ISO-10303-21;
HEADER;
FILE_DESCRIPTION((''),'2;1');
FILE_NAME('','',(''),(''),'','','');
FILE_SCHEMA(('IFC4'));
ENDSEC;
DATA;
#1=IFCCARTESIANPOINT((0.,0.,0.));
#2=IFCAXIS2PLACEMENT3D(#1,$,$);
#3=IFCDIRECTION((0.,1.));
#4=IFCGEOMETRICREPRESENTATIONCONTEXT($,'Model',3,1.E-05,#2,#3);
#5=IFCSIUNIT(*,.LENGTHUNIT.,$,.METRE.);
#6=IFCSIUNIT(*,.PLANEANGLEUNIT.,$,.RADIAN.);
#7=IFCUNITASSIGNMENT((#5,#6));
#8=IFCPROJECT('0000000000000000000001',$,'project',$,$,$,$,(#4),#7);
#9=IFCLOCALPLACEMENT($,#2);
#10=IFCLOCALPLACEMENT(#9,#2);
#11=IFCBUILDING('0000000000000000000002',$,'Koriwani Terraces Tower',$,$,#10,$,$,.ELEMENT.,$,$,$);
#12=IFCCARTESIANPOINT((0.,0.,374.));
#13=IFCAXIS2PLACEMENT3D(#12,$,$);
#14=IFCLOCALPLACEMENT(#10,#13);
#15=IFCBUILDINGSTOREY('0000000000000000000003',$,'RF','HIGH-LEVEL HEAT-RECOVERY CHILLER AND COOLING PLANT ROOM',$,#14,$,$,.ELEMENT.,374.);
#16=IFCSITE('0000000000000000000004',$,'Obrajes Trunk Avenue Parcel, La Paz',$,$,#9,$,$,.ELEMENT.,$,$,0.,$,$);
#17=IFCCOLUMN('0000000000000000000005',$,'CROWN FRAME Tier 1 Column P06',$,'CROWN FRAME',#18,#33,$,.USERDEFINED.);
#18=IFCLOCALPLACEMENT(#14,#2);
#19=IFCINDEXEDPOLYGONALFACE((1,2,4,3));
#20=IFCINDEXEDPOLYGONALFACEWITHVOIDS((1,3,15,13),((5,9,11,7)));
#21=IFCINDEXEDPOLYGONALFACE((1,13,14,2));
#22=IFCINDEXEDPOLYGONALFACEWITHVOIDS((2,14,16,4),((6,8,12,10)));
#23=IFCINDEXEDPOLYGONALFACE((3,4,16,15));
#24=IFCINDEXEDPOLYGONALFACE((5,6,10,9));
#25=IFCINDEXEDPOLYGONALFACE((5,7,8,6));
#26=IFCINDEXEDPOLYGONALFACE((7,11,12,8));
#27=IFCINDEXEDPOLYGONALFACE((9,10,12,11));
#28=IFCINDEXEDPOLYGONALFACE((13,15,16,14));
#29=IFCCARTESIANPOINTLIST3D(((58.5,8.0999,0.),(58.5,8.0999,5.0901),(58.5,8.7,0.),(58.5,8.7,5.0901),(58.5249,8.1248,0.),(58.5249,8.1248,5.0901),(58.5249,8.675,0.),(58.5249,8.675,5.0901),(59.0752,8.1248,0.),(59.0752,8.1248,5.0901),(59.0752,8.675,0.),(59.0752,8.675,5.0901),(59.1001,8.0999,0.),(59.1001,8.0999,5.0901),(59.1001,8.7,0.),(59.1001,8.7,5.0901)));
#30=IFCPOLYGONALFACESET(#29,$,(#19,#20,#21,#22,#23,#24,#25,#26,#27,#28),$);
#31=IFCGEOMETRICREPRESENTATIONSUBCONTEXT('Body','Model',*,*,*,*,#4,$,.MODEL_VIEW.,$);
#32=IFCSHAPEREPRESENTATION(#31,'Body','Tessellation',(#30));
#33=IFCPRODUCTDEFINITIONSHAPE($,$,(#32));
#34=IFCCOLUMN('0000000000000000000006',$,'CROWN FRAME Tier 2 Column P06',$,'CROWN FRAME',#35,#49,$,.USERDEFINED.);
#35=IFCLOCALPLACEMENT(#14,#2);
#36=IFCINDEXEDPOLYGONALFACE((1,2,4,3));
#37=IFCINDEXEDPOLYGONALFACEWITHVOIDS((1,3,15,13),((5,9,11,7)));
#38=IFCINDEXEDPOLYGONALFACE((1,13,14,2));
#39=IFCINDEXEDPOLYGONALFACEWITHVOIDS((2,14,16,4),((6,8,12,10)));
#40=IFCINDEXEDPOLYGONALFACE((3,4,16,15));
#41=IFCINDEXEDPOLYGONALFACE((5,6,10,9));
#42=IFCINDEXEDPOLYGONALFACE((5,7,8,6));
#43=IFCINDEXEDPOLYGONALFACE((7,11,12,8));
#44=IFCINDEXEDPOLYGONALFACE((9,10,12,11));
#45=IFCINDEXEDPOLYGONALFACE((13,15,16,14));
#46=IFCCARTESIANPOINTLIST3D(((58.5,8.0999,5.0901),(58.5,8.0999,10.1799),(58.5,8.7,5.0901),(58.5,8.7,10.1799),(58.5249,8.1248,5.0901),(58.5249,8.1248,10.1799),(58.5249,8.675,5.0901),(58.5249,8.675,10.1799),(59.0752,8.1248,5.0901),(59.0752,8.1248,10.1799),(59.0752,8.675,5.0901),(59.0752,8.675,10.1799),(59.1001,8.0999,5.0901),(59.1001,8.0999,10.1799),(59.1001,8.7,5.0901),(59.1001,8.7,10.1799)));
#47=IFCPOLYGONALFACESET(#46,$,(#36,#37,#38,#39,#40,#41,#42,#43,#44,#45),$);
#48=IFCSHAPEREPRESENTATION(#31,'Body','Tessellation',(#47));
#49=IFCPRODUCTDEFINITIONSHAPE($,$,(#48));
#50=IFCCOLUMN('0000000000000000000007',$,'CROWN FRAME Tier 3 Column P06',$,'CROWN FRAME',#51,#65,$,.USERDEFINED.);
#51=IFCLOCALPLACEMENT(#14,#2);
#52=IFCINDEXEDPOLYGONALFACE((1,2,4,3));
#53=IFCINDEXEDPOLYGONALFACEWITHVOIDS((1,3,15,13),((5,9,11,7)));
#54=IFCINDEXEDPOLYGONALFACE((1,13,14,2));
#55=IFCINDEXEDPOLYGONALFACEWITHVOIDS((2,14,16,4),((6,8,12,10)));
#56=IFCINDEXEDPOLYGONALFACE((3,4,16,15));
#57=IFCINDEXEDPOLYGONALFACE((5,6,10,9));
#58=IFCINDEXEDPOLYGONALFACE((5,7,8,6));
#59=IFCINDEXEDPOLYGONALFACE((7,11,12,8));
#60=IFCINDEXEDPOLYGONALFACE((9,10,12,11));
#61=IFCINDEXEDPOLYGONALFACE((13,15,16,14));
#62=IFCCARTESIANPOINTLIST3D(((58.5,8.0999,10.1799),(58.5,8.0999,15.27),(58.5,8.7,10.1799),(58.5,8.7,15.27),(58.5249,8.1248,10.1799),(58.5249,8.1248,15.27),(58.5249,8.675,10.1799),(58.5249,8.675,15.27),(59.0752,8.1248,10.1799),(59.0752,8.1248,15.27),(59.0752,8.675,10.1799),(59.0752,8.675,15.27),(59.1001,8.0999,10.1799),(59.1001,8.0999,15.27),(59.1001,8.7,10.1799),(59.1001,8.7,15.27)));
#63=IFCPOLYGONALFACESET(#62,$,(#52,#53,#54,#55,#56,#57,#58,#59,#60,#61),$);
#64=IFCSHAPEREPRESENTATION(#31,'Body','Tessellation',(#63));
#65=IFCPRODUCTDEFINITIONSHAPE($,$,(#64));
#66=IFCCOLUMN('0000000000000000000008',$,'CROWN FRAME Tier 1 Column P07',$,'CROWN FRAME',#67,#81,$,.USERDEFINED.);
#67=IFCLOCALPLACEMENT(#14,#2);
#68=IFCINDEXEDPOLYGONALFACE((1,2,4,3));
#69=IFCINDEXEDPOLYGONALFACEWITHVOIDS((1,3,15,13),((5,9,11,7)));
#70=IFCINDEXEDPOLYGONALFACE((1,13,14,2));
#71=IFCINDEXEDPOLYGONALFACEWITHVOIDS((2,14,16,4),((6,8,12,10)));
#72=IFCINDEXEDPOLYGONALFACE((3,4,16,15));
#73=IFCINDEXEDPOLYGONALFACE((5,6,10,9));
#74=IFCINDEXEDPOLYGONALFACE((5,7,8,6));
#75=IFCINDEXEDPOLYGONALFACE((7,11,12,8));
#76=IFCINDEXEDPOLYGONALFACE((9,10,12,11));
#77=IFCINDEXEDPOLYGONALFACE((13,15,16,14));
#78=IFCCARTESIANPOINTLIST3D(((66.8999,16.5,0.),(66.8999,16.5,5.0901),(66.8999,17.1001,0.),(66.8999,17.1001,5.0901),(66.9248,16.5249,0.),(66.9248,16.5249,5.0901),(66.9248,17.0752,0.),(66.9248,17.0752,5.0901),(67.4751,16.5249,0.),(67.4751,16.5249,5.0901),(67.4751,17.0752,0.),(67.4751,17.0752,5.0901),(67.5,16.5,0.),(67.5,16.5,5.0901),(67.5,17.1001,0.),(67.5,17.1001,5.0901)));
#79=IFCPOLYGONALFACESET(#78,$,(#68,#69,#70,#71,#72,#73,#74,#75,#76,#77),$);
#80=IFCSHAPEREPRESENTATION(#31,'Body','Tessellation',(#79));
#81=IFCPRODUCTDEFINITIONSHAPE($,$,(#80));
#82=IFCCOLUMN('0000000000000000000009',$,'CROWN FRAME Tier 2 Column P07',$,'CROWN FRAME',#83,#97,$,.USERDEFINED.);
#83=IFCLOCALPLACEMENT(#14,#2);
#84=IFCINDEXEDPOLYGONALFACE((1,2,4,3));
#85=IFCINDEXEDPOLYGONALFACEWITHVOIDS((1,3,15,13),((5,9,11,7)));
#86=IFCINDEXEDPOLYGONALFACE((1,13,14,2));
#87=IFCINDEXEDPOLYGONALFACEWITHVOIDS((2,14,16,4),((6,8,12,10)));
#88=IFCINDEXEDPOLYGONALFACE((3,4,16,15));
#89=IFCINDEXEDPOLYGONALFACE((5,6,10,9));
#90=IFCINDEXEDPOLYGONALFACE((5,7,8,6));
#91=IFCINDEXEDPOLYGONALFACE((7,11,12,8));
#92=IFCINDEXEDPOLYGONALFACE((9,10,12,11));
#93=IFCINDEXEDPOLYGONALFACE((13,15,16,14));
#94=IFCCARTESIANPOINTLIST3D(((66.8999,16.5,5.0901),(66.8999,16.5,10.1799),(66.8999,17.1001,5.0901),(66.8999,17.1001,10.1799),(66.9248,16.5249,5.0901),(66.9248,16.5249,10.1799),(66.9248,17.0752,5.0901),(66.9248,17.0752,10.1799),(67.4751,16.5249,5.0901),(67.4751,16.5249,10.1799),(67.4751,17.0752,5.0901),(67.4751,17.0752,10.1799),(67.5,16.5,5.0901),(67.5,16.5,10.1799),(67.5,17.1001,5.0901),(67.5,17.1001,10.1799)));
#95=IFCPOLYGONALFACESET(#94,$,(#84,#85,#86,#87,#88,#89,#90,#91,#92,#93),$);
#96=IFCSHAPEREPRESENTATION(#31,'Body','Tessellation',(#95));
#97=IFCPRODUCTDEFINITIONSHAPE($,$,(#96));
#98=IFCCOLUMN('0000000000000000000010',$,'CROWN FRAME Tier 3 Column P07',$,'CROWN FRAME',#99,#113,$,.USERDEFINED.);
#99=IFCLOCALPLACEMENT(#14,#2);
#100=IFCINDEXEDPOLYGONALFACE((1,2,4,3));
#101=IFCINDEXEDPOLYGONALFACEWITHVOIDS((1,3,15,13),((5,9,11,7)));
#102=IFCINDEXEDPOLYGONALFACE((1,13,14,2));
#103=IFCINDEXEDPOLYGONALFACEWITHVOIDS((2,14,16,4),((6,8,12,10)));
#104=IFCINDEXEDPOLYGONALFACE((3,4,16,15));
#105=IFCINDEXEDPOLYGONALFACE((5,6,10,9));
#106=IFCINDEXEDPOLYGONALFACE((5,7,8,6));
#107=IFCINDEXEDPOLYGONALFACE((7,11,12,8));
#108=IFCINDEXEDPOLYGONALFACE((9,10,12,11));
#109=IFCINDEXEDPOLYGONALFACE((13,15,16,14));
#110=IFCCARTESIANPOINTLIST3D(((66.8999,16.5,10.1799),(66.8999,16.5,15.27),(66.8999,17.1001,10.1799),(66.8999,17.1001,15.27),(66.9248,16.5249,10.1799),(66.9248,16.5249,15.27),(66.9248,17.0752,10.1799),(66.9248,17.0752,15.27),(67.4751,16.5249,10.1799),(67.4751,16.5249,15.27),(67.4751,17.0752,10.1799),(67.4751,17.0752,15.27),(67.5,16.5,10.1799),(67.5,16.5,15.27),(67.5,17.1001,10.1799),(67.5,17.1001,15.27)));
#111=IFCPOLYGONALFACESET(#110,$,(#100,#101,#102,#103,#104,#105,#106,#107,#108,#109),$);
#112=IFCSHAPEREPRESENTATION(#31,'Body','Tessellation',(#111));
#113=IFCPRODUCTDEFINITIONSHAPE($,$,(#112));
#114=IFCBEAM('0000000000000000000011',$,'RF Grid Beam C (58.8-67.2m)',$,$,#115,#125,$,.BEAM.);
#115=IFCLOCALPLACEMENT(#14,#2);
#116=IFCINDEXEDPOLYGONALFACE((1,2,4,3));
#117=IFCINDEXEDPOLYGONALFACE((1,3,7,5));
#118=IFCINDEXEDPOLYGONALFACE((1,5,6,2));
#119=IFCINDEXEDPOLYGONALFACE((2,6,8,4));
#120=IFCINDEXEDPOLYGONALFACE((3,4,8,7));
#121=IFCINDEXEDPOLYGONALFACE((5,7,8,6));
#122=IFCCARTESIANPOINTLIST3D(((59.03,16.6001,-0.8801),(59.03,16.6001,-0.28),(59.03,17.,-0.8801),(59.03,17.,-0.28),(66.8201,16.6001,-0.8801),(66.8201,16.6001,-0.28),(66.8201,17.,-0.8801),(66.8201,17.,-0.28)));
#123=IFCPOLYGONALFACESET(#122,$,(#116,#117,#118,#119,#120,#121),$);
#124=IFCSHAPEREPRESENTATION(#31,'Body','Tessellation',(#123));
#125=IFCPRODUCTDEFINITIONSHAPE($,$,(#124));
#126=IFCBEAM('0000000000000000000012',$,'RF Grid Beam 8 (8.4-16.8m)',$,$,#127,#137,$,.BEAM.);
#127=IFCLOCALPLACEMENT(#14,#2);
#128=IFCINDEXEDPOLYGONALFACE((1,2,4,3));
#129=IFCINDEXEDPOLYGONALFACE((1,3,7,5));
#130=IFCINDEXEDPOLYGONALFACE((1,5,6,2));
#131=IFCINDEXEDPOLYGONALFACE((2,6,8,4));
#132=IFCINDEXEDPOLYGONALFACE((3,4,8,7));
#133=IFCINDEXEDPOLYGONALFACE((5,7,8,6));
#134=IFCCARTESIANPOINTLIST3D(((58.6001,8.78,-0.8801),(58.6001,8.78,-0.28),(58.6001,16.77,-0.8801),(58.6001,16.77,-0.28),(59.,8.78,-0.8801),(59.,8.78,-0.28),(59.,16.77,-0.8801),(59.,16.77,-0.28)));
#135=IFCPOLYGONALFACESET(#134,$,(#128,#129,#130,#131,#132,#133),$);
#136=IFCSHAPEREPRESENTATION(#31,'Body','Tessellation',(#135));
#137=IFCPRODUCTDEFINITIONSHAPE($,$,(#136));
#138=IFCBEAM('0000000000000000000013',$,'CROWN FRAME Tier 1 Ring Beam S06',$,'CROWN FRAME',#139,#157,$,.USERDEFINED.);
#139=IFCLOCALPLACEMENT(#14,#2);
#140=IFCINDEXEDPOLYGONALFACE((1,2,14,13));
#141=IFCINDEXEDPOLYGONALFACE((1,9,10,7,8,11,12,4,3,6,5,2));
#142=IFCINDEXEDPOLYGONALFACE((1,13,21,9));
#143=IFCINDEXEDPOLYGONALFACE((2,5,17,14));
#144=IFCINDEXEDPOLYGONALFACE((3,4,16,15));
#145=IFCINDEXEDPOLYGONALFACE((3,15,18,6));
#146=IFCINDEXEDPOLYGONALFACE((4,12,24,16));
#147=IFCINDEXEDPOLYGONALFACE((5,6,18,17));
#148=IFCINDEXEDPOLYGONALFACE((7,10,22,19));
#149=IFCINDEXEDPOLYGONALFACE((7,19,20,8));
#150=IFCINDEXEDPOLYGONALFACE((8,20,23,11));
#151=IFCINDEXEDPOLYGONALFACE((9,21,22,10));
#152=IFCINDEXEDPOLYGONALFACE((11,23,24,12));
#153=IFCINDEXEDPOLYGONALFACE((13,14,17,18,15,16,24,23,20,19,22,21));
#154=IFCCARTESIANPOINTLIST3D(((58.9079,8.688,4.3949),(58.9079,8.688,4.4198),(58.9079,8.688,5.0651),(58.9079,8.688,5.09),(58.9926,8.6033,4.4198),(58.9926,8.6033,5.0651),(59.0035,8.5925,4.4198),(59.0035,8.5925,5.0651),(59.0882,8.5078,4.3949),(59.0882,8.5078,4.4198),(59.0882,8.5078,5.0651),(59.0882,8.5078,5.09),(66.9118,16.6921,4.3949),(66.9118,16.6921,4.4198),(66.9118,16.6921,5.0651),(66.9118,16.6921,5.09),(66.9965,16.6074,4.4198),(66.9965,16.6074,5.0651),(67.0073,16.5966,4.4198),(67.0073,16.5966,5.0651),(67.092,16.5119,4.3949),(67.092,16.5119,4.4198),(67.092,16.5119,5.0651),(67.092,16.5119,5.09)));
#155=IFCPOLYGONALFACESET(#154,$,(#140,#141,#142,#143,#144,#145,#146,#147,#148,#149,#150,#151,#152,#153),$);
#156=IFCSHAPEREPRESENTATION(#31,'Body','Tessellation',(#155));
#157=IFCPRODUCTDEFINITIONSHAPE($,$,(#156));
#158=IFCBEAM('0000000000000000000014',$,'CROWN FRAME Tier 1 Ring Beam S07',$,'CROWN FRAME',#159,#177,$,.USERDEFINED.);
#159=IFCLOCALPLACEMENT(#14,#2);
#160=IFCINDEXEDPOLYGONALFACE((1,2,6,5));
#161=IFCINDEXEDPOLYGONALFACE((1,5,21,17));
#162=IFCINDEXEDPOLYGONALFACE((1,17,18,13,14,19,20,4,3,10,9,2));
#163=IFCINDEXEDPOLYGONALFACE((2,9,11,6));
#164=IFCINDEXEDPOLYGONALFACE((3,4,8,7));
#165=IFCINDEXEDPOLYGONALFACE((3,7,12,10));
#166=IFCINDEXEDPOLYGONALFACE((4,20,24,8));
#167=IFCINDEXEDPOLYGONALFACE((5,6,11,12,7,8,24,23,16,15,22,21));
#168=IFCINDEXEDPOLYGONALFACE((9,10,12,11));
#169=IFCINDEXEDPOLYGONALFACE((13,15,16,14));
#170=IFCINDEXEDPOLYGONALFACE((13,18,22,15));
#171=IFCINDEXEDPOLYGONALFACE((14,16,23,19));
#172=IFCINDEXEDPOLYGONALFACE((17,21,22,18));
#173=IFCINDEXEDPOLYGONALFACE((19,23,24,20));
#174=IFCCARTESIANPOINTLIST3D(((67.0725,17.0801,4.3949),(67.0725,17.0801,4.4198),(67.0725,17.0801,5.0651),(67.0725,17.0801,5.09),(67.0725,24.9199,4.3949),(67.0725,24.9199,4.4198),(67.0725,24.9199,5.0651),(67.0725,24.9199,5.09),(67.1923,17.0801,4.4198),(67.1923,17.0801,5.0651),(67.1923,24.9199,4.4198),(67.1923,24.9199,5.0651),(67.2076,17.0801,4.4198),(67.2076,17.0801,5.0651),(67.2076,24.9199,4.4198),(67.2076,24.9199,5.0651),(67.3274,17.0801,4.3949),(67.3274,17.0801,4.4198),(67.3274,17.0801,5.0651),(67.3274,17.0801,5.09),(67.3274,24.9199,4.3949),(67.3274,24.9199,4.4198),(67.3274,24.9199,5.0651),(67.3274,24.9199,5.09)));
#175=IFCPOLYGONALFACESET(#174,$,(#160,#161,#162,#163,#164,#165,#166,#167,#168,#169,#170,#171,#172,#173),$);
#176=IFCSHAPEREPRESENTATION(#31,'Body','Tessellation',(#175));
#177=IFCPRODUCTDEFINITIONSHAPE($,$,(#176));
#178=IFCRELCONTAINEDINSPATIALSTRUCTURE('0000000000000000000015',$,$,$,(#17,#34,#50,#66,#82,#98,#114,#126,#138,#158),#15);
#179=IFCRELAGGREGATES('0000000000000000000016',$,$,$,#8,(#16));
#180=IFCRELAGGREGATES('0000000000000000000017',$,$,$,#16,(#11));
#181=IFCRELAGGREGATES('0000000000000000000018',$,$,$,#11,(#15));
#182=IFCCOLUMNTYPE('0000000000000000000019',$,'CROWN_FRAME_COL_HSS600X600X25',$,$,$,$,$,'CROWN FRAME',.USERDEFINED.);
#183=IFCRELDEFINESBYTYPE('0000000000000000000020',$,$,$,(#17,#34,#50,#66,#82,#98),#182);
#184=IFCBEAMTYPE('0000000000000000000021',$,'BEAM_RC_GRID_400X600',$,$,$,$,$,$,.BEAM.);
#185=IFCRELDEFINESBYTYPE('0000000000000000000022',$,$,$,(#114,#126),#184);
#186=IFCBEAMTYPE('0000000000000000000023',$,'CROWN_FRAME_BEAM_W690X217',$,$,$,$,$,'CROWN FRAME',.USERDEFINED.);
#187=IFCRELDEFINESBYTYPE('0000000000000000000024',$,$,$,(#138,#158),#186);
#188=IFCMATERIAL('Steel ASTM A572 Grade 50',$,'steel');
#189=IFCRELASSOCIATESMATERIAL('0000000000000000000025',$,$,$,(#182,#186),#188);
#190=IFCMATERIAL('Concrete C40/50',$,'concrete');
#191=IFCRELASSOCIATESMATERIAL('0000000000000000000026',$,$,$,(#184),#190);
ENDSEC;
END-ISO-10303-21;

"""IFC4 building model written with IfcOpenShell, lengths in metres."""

from ifc_helpers import new_model, si_unit, direction, frame, origin, origin_2d, place, context, subcontext, project, spatial, rectangle, hollow_rectangle, i_section, extrude, material, material_profile, profile_set, type_object, element, save


model = new_model("IFC4")

# Units and contexts
model_context = context("Model", 3, precision=1e-05, world=origin(), true_north=direction((0.0, 1.0)))
body_context = subcontext(model_context, "Body", "Model", "MODEL_VIEW")
ifc_project = project(units=[si_unit("LENGTHUNIT", "METRE"), si_unit("PLANEANGLEUNIT", "RADIAN")], contexts=[model_context])

# Site, building, storey
site_placement = place(None, origin())
site = spatial("IfcSite", under=ifc_project, at=site_placement, Name="Obrajes Trunk Avenue Parcel, La Paz", CompositionType="ELEMENT", RefElevation=0.0)
building_placement = place(site_placement, origin())
building = spatial("IfcBuilding", under=site, at=building_placement, Name="Koriwani Terraces Tower", CompositionType="ELEMENT")
storey_placement = place(building_placement, frame((0.0, 0.0, 374.0)))
storey = spatial("IfcBuildingStorey", under=building, at=storey_placement, Name="RF", Description="HIGH-LEVEL HEAT-RECOVERY CHILLER AND COOLING PLANT ROOM", CompositionType="ELEMENT", Elevation=374.0)

# Columns
ifc_material_1 = material(Name="Steel ASTM A572 Grade 50", Category="steel")
ifc_material_profile_1 = material_profile(ifc_material_1, hollow_rectangle(XDim=0.6001, YDim=0.6001, WallThickness=0.0249, at=origin_2d()), Name="Steel ASTM A572 Grade 50", Category="LoadBearing")
ifc_profile_set_1 = profile_set([ifc_material_profile_1], Name="Steel ASTM A572 Grade 50")
column_type = type_object("IfcColumnType", Name="CROWN_FRAME_COL_HSS600X600X25", ElementType="CROWN FRAME", PredefinedType="USERDEFINED", material=ifc_profile_set_1)
column_1_placement = place(storey_placement, frame((58.8, 8.3999, 0.0), z_axis=(0.0, 0.0, 1.0), x_axis=(1.0, 0.0, 0.0)))
element("IfcColumn", 1, at=column_1_placement, inside=storey, type_object=column_type, Name="CROWN FRAME Tier 1 Column P06", ObjectType="CROWN FRAME", PredefinedType="USERDEFINED", context=body_context, shape_type="SweptSolid", body=[
    extrude(hollow_rectangle(XDim=0.6001, YDim=0.6001, WallThickness=0.0249, at=origin_2d()), origin(), (0.0, 0.0, 1.0), 5.0901),
])
column_2_placement = place(storey_placement, frame((58.8, 8.3999, 5.0901), z_axis=(0.0, 0.0, 1.0), x_axis=(1.0, 0.0, 0.0)))
element("IfcColumn", 2, at=column_2_placement, inside=storey, type_object=column_type, Name="CROWN FRAME Tier 2 Column P06", ObjectType="CROWN FRAME", PredefinedType="USERDEFINED", context=body_context, shape_type="SweptSolid", body=[
    extrude(hollow_rectangle(XDim=0.6001, YDim=0.6001, WallThickness=0.0249, at=origin_2d()), origin(), (0.0, 0.0, 1.0), 5.0898),
])
for number, where, z_axis, x_axis, name in (
    (3, (58.8, 8.3999, 10.1799), (0.0, 0.0, 1.0), (1.0, 0.0, 0.0), "CROWN FRAME Tier 3 Column P06"),
    (4, (67.2, 16.8, 0.0), (0.0, 0.0, 1.0), (1.0, 0.0, 0.0), "CROWN FRAME Tier 1 Column P07"),
):
    element("IfcColumn", number, at=place(storey_placement, frame(where, z_axis=z_axis, x_axis=x_axis)), inside=storey, type_object=column_type, Name=name, ObjectType="CROWN FRAME", PredefinedType="USERDEFINED", context=body_context, shape_type="SweptSolid", body=[
        extrude(hollow_rectangle(XDim=0.6001, YDim=0.6001, WallThickness=0.0249, at=origin_2d()), origin(), (0.0, 0.0, 1.0), 5.0901),
    ])
column_3_placement = place(storey_placement, frame((67.2, 16.8, 5.0901), z_axis=(0.0, 0.0, 1.0), x_axis=(1.0, 0.0, 0.0)))
element("IfcColumn", 5, at=column_3_placement, inside=storey, type_object=column_type, Name="CROWN FRAME Tier 2 Column P07", ObjectType="CROWN FRAME", PredefinedType="USERDEFINED", context=body_context, shape_type="SweptSolid", body=[
    extrude(hollow_rectangle(XDim=0.6001, YDim=0.6001, WallThickness=0.0249, at=origin_2d()), origin(), (0.0, 0.0, 1.0), 5.0898),
])
column_4_placement = place(storey_placement, frame((67.2, 16.8, 10.1799), z_axis=(0.0, 0.0, 1.0), x_axis=(1.0, 0.0, 0.0)))
element("IfcColumn", 6, at=column_4_placement, inside=storey, type_object=column_type, Name="CROWN FRAME Tier 3 Column P07", ObjectType="CROWN FRAME", PredefinedType="USERDEFINED", context=body_context, shape_type="SweptSolid", body=[
    extrude(hollow_rectangle(XDim=0.6001, YDim=0.6001, WallThickness=0.0249, at=origin_2d()), origin(), (0.0, 0.0, 1.0), 5.0901),
])

# Beams
ifc_material_2 = material(Name="Concrete C40/50", Category="concrete")
ifc_material_profile_2 = material_profile(ifc_material_2, rectangle(XDim=0.3999, YDim=0.6001, at=origin_2d()), Name="Concrete C40/50", Category="LoadBearing")
ifc_profile_set_2 = profile_set([ifc_material_profile_2], Name="Concrete C40/50")
beam_type_1 = type_object("IfcBeamType", Name="BEAM_RC_GRID_400X600", PredefinedType="BEAM", material=ifc_profile_set_2)
beam_1_placement = place(storey_placement, frame((59.03, 16.8, -0.5801), z_axis=(1.0, 0.0, 0.0), x_axis=(0.0, 1.0, 0.0)))
element("IfcBeam", 7, at=beam_1_placement, inside=storey, type_object=beam_type_1, Name="RF Grid Beam C (58.8-67.2m)", PredefinedType="BEAM", context=body_context, shape_type="SweptSolid", body=[
    extrude(rectangle(XDim=0.3999, YDim=0.6001, at=origin_2d()), origin(), (0.0, 0.0, 1.0), 7.79),
])
beam_2_placement = place(storey_placement, frame((58.8, 8.78, -0.5801), z_axis=(0.0, 1.0, 0.0), x_axis=(-1.0, 0.0, 0.0)))
element("IfcBeam", 8, at=beam_2_placement, inside=storey, type_object=beam_type_1, Name="RF Grid Beam 8 (8.4-16.8m)", PredefinedType="BEAM", context=body_context, shape_type="SweptSolid", body=[
    extrude(rectangle(XDim=0.3999, YDim=0.6001, at=origin_2d()), origin(), (0.0, 0.0, 1.0), 7.99),
])
ifc_material_profile_3 = material_profile(ifc_material_1, i_section(OverallWidth=0.2549, OverallDepth=0.6951, WebThickness=0.0154, FlangeThickness=0.0249, at=origin_2d()), Name="Steel ASTM A572 Grade 50", Category="LoadBearing")
ifc_profile_set_3 = profile_set([ifc_material_profile_3], Name="Steel ASTM A572 Grade 50")
beam_type_2 = type_object("IfcBeamType", Name="CROWN_FRAME_BEAM_W690X217", ElementType="CROWN FRAME", PredefinedType="USERDEFINED", material=ifc_profile_set_3)
beam_3_placement = place(storey_placement, frame((58.998, 8.5979, 4.7424), z_axis=(0.707096, 0.707118, 0.0), x_axis=(-0.707118, 0.707096, 0.0)))
element("IfcBeam", 9, at=beam_3_placement, inside=storey, type_object=beam_type_2, Name="CROWN FRAME Tier 1 Ring Beam S06", ObjectType="CROWN FRAME", PredefinedType="USERDEFINED", context=body_context, shape_type="SweptSolid", body=[
    extrude(i_section(OverallWidth=0.2549, OverallDepth=0.6951, WebThickness=0.0154, FlangeThickness=0.0249, at=origin_2d()), origin(), (0.0, 0.0, 1.0), 11.3193),
])
beam_4_placement = place(storey_placement, frame((67.2, 17.0801, 4.7424), z_axis=(0.0, 1.0, 0.0), x_axis=(-1.0, 0.0, 0.0)))
element("IfcBeam", 10, at=beam_4_placement, inside=storey, type_object=beam_type_2, Name="CROWN FRAME Tier 1 Ring Beam S07", ObjectType="CROWN FRAME", PredefinedType="USERDEFINED", context=body_context, shape_type="SweptSolid", body=[
    extrude(i_section(OverallWidth=0.2549, OverallDepth=0.6951, WebThickness=0.0154, FlangeThickness=0.0249, at=origin_2d()), origin(), (0.0, 0.0, 1.0), 7.8398),
])

save(model, "model.ifc")
